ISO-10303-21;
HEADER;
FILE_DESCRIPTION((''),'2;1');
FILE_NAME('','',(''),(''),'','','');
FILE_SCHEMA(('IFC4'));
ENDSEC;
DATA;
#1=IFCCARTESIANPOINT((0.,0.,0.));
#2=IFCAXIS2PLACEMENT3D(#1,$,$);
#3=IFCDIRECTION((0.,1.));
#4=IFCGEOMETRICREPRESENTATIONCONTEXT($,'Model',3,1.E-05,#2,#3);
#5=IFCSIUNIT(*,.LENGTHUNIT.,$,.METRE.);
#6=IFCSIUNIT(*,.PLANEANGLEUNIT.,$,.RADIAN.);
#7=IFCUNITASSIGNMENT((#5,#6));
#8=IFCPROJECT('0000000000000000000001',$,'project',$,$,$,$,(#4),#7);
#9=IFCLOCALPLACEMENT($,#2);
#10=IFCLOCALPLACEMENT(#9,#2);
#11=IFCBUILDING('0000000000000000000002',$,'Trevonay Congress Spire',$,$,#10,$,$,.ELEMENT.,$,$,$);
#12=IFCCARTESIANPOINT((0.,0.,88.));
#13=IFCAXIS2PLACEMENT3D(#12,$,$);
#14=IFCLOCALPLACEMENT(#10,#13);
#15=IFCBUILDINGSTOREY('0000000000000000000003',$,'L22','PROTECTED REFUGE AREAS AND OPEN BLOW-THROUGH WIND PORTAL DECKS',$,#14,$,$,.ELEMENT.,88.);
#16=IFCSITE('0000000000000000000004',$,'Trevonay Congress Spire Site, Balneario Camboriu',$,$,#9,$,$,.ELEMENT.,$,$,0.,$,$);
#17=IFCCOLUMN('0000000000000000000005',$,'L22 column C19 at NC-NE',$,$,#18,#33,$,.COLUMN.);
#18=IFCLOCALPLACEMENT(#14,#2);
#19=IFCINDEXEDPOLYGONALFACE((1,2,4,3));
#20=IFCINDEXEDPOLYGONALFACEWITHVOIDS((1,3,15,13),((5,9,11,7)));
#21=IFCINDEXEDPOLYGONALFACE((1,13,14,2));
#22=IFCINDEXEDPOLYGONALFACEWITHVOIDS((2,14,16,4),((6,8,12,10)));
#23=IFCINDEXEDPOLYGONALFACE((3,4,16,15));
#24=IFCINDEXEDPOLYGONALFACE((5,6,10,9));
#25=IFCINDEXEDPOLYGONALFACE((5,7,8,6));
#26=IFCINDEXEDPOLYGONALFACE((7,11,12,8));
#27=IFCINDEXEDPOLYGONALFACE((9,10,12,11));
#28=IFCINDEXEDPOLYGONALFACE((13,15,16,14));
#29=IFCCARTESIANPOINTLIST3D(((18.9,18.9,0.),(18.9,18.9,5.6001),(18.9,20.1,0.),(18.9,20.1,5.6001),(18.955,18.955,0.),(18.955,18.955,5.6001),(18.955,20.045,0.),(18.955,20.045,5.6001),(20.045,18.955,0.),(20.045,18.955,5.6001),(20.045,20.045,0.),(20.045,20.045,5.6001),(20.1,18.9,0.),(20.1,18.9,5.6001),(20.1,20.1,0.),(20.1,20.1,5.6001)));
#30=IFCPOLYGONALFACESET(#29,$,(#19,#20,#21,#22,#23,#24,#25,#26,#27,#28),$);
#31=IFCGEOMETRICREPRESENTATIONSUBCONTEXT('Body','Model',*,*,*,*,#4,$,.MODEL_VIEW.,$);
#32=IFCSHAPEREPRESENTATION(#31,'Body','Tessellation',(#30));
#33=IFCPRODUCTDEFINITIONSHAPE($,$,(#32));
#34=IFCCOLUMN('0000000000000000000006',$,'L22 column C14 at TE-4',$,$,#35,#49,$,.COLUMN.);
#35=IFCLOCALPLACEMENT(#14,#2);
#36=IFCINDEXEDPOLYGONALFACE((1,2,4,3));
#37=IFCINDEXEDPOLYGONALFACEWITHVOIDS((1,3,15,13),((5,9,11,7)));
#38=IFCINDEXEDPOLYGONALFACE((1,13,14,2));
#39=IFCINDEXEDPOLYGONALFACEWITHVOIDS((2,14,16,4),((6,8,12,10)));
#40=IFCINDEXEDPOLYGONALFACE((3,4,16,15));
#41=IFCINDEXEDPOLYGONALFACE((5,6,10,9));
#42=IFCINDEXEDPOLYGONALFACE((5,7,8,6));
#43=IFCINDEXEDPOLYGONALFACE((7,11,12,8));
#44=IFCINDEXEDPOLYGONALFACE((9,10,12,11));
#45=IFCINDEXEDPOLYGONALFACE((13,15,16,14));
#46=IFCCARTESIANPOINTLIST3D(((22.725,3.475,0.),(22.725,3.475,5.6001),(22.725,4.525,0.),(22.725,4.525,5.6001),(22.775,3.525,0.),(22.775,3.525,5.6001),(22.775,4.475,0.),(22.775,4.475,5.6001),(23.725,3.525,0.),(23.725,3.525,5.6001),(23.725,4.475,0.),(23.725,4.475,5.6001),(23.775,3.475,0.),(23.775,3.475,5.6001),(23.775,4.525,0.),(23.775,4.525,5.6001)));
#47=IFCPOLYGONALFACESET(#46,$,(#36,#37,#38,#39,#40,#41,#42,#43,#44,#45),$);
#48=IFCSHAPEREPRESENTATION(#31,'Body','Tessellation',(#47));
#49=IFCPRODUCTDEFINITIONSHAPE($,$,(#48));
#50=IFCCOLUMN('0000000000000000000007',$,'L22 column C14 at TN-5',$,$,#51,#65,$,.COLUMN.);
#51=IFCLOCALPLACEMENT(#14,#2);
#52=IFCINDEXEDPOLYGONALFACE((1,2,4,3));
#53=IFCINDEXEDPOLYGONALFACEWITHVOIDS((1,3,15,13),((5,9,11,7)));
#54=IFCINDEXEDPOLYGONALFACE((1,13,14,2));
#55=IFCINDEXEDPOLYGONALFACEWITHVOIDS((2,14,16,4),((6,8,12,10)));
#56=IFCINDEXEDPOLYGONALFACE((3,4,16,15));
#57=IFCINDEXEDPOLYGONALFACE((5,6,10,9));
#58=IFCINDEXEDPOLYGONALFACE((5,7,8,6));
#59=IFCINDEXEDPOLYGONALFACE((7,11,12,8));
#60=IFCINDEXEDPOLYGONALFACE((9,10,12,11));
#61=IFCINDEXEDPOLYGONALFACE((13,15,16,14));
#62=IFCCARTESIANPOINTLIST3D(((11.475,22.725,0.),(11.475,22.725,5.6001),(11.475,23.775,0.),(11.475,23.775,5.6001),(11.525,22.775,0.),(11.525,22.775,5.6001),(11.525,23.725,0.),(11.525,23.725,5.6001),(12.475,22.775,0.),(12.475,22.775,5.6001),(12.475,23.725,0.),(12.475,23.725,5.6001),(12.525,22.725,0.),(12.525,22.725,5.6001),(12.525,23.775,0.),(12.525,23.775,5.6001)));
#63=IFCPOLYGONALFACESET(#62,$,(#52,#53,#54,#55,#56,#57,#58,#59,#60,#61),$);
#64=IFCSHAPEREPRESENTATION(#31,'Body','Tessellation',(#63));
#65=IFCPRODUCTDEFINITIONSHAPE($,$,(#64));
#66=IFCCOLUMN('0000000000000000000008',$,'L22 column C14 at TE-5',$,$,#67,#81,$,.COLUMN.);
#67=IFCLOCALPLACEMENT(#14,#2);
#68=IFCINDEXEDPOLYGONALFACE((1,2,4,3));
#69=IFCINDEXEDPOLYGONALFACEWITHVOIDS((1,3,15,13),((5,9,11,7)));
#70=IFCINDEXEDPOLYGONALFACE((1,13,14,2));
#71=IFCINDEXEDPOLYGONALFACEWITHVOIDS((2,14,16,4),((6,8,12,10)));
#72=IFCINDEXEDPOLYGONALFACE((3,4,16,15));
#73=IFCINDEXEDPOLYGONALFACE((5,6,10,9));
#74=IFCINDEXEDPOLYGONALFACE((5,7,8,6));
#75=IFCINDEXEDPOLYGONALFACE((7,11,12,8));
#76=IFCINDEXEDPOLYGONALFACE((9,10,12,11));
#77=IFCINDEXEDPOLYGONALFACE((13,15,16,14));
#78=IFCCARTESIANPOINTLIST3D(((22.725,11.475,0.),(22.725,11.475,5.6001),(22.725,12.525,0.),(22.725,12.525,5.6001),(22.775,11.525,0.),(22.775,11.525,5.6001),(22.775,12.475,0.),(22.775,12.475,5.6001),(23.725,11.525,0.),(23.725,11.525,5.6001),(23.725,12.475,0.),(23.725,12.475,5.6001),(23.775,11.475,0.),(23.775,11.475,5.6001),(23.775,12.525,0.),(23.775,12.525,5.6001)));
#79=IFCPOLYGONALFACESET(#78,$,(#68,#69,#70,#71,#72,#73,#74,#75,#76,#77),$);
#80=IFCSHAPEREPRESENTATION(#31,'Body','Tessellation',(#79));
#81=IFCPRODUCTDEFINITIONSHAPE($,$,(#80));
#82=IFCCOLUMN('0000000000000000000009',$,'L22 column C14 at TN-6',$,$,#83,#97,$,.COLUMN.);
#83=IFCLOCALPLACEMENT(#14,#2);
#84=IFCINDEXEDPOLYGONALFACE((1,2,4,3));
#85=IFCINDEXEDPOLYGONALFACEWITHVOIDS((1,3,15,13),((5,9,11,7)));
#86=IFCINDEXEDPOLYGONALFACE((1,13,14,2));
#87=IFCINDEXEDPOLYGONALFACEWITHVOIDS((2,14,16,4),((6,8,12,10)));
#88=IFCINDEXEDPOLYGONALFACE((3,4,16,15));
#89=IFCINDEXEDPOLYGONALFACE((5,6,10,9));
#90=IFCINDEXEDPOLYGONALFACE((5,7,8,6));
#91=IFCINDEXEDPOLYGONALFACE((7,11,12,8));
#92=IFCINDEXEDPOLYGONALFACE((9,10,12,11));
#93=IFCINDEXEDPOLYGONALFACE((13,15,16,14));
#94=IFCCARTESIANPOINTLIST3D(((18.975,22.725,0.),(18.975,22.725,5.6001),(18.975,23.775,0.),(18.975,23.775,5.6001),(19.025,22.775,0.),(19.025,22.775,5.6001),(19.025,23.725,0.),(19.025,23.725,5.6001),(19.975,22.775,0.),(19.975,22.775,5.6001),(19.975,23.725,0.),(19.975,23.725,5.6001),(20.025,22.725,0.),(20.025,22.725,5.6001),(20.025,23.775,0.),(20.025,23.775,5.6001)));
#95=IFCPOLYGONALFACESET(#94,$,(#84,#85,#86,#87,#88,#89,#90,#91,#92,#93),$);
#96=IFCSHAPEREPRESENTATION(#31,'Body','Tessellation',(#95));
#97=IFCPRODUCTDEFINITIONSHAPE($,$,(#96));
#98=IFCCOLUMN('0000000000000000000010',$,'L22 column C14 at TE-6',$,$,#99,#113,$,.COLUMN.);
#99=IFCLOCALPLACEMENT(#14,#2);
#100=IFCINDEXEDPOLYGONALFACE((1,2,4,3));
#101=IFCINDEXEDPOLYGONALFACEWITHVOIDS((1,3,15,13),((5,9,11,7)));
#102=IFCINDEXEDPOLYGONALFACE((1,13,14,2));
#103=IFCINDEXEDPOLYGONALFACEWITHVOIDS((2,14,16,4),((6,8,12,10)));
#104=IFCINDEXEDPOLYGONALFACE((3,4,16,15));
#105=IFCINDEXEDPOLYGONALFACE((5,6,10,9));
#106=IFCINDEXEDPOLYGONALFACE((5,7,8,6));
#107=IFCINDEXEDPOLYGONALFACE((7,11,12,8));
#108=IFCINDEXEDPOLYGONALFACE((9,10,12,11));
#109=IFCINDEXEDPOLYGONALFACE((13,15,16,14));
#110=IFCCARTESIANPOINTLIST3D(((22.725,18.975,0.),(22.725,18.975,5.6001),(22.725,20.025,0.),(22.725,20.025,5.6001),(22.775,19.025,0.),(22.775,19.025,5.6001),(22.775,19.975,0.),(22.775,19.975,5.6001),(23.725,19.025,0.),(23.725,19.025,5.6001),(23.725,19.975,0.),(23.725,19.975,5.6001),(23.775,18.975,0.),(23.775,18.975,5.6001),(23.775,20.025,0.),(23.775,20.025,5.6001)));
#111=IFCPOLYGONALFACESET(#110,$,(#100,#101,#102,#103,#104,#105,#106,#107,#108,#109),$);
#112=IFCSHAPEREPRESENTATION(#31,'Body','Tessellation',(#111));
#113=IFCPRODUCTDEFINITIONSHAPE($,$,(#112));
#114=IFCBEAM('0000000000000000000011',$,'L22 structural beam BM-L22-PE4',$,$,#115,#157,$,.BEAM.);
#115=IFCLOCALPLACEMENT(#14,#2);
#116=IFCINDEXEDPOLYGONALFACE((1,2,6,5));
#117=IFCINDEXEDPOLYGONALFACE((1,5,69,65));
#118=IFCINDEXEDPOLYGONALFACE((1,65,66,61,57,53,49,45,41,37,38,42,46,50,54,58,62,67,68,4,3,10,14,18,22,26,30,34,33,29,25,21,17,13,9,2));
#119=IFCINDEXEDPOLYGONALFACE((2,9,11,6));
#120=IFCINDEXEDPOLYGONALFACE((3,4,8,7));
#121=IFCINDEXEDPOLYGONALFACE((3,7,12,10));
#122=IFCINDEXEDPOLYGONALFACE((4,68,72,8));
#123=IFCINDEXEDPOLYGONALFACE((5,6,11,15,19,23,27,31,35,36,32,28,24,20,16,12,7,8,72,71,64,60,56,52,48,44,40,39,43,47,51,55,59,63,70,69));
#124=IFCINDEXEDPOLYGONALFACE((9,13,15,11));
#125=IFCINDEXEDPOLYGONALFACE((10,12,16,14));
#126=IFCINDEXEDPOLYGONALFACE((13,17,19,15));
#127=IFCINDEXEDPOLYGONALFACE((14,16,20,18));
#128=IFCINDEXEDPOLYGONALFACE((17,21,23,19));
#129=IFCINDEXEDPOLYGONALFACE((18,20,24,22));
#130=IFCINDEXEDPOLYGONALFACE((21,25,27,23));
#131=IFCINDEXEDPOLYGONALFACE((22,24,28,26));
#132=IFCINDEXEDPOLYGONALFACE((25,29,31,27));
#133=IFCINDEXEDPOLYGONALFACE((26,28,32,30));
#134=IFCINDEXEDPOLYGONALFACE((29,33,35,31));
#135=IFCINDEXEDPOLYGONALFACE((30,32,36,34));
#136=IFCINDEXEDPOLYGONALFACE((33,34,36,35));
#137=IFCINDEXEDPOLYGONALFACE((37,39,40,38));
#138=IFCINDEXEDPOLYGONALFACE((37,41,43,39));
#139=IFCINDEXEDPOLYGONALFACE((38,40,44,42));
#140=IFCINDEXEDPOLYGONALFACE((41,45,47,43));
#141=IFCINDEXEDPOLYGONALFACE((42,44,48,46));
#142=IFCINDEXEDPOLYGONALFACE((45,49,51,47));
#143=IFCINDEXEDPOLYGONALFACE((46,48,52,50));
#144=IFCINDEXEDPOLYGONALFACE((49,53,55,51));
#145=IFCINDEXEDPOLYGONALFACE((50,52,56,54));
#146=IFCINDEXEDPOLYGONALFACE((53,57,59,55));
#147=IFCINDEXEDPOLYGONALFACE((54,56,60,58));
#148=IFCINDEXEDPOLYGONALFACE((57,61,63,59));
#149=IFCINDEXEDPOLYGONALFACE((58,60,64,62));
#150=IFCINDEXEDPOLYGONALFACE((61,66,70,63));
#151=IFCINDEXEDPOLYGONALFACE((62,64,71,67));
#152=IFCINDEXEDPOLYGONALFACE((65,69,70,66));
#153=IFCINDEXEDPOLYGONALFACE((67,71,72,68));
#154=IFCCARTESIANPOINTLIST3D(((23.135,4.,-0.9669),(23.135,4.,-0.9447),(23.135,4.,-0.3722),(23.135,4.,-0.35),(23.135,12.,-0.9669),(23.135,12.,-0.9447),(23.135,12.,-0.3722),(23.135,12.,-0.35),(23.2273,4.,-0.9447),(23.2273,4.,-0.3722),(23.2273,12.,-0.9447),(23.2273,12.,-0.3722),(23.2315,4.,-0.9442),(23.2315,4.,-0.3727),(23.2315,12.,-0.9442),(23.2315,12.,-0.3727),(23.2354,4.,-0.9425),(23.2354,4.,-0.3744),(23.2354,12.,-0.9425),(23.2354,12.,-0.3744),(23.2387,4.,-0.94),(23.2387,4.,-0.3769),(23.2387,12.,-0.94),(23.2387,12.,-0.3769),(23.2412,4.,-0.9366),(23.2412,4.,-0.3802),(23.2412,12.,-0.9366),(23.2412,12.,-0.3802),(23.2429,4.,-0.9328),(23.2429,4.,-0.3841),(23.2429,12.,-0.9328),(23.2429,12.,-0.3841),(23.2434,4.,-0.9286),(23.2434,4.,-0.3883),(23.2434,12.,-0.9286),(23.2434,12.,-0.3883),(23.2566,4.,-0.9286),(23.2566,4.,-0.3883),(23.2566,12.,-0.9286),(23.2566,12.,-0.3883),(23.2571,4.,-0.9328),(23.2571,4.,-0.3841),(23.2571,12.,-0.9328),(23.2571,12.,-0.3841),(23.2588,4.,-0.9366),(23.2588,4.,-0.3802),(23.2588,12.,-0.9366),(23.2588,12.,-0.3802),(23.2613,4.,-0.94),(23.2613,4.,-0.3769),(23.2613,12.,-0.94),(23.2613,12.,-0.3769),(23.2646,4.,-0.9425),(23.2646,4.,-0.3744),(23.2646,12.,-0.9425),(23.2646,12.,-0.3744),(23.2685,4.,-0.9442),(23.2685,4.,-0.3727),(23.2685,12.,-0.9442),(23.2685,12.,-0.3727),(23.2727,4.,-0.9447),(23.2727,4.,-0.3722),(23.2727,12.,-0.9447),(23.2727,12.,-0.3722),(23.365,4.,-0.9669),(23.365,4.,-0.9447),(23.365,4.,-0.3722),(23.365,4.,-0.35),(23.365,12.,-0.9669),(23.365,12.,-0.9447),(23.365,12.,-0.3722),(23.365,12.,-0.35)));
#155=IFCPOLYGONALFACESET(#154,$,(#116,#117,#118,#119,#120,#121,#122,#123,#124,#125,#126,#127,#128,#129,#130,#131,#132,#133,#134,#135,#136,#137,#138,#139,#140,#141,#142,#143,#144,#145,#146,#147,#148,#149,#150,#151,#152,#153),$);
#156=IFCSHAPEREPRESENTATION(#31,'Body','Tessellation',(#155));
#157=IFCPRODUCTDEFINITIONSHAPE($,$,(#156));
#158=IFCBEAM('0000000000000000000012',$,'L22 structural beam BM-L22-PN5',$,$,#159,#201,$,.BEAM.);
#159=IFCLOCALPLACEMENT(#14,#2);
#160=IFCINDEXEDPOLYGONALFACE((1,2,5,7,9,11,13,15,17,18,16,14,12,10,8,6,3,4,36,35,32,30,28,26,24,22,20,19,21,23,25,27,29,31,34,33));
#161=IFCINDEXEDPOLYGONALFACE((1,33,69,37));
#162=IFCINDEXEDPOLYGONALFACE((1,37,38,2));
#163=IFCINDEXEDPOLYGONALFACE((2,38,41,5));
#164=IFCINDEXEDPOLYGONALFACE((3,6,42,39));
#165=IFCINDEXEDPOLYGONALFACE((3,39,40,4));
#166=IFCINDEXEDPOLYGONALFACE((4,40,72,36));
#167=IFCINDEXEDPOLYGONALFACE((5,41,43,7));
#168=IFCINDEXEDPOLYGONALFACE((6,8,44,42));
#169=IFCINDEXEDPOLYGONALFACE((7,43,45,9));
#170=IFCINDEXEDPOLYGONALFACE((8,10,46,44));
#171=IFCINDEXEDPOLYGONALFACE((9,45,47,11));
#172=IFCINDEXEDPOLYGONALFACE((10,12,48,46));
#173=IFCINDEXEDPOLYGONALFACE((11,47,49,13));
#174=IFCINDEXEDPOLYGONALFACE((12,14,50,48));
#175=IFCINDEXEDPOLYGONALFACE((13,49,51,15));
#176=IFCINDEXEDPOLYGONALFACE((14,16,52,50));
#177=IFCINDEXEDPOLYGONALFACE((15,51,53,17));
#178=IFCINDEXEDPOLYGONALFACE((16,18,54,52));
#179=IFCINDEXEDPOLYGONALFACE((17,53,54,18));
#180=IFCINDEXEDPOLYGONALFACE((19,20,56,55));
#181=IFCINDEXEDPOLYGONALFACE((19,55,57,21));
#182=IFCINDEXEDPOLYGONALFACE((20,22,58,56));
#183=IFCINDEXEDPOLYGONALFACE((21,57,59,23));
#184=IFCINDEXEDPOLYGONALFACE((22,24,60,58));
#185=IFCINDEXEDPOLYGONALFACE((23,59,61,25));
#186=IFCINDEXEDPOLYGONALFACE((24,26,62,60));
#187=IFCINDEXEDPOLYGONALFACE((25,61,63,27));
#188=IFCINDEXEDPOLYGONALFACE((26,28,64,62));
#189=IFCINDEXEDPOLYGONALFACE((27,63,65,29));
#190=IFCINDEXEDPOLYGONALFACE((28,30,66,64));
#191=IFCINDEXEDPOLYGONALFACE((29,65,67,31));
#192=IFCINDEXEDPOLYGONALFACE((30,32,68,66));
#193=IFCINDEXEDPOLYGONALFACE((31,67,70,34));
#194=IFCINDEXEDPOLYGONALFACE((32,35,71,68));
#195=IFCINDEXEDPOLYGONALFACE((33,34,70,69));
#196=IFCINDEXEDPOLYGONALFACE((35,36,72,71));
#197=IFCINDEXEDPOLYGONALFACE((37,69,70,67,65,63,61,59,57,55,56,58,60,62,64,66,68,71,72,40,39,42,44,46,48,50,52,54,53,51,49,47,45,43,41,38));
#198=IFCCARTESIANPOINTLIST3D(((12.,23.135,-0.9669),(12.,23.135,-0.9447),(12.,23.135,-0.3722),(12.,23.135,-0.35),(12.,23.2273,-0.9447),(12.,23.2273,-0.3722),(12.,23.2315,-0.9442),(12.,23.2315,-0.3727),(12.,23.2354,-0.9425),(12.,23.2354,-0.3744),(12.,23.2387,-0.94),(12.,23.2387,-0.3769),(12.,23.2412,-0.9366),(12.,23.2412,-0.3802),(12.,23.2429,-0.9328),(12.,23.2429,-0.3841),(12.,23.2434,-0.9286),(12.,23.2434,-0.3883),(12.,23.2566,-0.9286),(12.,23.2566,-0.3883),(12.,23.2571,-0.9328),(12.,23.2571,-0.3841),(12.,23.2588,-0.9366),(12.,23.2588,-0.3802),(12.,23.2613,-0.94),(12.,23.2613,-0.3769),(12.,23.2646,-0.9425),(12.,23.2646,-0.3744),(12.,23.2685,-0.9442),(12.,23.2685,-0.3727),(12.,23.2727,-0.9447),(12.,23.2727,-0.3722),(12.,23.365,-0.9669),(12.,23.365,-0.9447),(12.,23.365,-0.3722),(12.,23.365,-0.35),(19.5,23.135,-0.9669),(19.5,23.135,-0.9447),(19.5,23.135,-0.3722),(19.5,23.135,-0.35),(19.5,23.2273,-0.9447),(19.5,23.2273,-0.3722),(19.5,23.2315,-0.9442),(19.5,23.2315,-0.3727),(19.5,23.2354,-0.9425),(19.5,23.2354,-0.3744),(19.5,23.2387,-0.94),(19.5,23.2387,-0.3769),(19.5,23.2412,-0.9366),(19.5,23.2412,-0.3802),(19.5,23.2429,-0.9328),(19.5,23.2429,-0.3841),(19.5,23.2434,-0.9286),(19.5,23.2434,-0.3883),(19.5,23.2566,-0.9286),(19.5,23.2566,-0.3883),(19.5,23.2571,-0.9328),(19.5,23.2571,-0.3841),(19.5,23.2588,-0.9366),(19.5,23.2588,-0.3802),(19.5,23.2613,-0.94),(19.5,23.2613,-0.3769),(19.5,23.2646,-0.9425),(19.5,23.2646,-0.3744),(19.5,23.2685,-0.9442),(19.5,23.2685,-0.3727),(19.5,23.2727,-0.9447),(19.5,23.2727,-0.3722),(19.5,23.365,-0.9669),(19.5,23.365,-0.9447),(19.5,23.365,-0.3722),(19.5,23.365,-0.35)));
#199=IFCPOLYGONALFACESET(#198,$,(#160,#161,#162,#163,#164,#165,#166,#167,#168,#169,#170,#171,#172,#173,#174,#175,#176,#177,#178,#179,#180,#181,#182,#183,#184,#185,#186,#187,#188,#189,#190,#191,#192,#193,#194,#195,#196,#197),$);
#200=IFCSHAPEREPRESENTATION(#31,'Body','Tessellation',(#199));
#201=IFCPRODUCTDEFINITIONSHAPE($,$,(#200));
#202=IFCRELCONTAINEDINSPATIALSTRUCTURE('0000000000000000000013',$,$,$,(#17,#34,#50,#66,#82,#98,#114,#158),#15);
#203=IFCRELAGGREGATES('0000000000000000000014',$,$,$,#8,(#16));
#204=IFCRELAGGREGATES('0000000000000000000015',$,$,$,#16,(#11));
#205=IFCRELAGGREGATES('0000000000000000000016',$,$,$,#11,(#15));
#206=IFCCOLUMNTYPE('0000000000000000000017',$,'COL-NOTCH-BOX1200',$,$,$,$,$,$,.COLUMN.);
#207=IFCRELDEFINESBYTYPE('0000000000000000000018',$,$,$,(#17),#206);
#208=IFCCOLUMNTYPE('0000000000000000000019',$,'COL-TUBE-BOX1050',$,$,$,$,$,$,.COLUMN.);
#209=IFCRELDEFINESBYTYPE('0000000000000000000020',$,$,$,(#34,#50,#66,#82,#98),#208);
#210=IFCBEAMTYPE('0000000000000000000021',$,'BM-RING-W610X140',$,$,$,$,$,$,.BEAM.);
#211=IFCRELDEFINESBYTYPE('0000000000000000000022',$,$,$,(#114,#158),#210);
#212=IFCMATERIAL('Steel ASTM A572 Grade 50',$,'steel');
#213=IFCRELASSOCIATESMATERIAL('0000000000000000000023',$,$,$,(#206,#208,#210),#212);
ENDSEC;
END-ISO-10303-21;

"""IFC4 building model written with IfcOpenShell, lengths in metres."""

from ifc_helpers import new_model, si_unit, direction, frame, origin, origin_2d, place, context, subcontext, project, spatial, hollow_rectangle, i_section, extrude, material, material_profile, profile_set, type_object, element, save


model = new_model("IFC4")

# Units and contexts
model_context = context("Model", 3, precision=1e-05, world=origin(), true_north=direction((0.0, 1.0)))
body_context = subcontext(model_context, "Body", "Model", "MODEL_VIEW")
ifc_project = project(units=[si_unit("LENGTHUNIT", "METRE"), si_unit("PLANEANGLEUNIT", "RADIAN")], contexts=[model_context])

# Site, building, storey
site_placement = place(None, origin())
site = spatial("IfcSite", under=ifc_project, at=site_placement, Name="Trevonay Congress Spire Site, Balneario Camboriu", CompositionType="ELEMENT", RefElevation=0.0)
building_placement = place(site_placement, origin())
building = spatial("IfcBuilding", under=site, at=building_placement, Name="Trevonay Congress Spire", CompositionType="ELEMENT")
storey_placement = place(building_placement, frame((0.0, 0.0, 88.0)))
storey = spatial("IfcBuildingStorey", under=building, at=storey_placement, Name="L22", Description="PROTECTED REFUGE AREAS AND OPEN BLOW-THROUGH WIND PORTAL DECKS", CompositionType="ELEMENT", Elevation=88.0)

# Columns
ifc_material_1 = material(Name="Steel ASTM A572 Grade 50", Category="steel")
ifc_material_profile_1 = material_profile(ifc_material_1, hollow_rectangle(XDim=1.2, YDim=1.2, WallThickness=0.0549, at=origin_2d()), Name="BOX 1200x1200x55")
ifc_profile_set_1 = profile_set([ifc_material_profile_1], Name="Steel ASTM A572 Grade 50")
column_type_1 = type_object("IfcColumnType", Name="COL-NOTCH-BOX1200", PredefinedType="COLUMN", material=ifc_profile_set_1)
column_placement = place(storey_placement, frame((19.5, 19.5, 0.0), z_axis=(0.0, 0.0, 1.0), x_axis=(1.0, 0.0, 0.0)))
element("IfcColumn", 1, at=column_placement, inside=storey, type_object=column_type_1, Name="L22 column C19 at NC-NE", PredefinedType="COLUMN", context=body_context, shape_type="SweptSolid", body=[
    extrude(hollow_rectangle(XDim=1.2, YDim=1.2, WallThickness=0.0549, at=origin_2d()), origin(), (0.0, 0.0, 1.0), 5.6001),
])
ifc_material_profile_2 = material_profile(ifc_material_1, hollow_rectangle(XDim=1.05, YDim=1.05, WallThickness=0.05, at=origin_2d()), Name="BOX 1050x1050x50")
ifc_profile_set_2 = profile_set([ifc_material_profile_2], Name="Steel ASTM A572 Grade 50")
column_type_2 = type_object("IfcColumnType", Name="COL-TUBE-BOX1050", PredefinedType="COLUMN", material=ifc_profile_set_2)
for number, where, z_axis, x_axis, name in (
    (2, (23.25, 4.0, 0.0), (0.0, 0.0, 1.0), (1.0, 0.0, 0.0), "L22 column C14 at TE-4"),
    (3, (12.0, 23.25, 0.0), (0.0, 0.0, 1.0), (1.0, 0.0, 0.0), "L22 column C14 at TN-5"),
    (4, (23.25, 12.0, 0.0), (0.0, 0.0, 1.0), (1.0, 0.0, 0.0), "L22 column C14 at TE-5"),
    (5, (19.5, 23.25, 0.0), (0.0, 0.0, 1.0), (1.0, 0.0, 0.0), "L22 column C14 at TN-6"),
    (6, (23.25, 19.5, 0.0), (0.0, 0.0, 1.0), (1.0, 0.0, 0.0), "L22 column C14 at TE-6"),
):
    element("IfcColumn", number, at=place(storey_placement, frame(where, z_axis=z_axis, x_axis=x_axis)), inside=storey, type_object=column_type_2, Name=name, PredefinedType="COLUMN", context=body_context, shape_type="SweptSolid", body=[
        extrude(hollow_rectangle(XDim=1.05, YDim=1.05, WallThickness=0.05, at=origin_2d()), origin(), (0.0, 0.0, 1.0), 5.6001),
    ])

# Beams
ifc_material_profile_3 = material_profile(ifc_material_1, i_section(OverallWidth=0.23, OverallDepth=0.6169, WebThickness=0.0132, FlangeThickness=0.0222, FilletRadius=0.0161, at=origin_2d()), Name="W610x140")
ifc_profile_set_3 = profile_set([ifc_material_profile_3], Name="Steel ASTM A572 Grade 50")
beam_type_1 = type_object("IfcBeamType", Name="BM-RING-W610X140", PredefinedType="BEAM", material=ifc_profile_set_3)
beam_1_placement = place(storey_placement, frame((23.25, 4.0, -0.6584), z_axis=(0.0, 1.0, 0.0), x_axis=(-1.0, 0.0, 0.0)))
element("IfcBeam", 7, at=beam_1_placement, inside=storey, type_object=beam_type_1, Name="L22 structural beam BM-L22-PE4", PredefinedType="BEAM", context=body_context, shape_type="SweptSolid", body=[
    extrude(i_section(OverallWidth=0.23, OverallDepth=0.6169, WebThickness=0.0132, FlangeThickness=0.0222, FilletRadius=0.0161, at=origin_2d()), origin(), (0.0, 0.0, 1.0), 8.0),
])
for number, where, z_axis, x_axis, name in (
    (8, (12.0, 23.25, -0.6584), (1.0, 0.0, 0.0), (0.0, 1.0, 0.0), "L22 structural beam BM-L22-PN5"),
):
    element("IfcBeam", number, at=place(storey_placement, frame(where, z_axis=z_axis, x_axis=x_axis)), inside=storey, type_object=beam_type_1, Name=name, PredefinedType="BEAM", context=body_context, shape_type="SweptSolid", body=[
        extrude(i_section(OverallWidth=0.23, OverallDepth=0.6169, WebThickness=0.0132, FlangeThickness=0.0222, FilletRadius=0.0161, at=origin_2d()), origin(), (0.0, 0.0, 1.0), 7.5),
    ])

save(model, "model.ifc")
